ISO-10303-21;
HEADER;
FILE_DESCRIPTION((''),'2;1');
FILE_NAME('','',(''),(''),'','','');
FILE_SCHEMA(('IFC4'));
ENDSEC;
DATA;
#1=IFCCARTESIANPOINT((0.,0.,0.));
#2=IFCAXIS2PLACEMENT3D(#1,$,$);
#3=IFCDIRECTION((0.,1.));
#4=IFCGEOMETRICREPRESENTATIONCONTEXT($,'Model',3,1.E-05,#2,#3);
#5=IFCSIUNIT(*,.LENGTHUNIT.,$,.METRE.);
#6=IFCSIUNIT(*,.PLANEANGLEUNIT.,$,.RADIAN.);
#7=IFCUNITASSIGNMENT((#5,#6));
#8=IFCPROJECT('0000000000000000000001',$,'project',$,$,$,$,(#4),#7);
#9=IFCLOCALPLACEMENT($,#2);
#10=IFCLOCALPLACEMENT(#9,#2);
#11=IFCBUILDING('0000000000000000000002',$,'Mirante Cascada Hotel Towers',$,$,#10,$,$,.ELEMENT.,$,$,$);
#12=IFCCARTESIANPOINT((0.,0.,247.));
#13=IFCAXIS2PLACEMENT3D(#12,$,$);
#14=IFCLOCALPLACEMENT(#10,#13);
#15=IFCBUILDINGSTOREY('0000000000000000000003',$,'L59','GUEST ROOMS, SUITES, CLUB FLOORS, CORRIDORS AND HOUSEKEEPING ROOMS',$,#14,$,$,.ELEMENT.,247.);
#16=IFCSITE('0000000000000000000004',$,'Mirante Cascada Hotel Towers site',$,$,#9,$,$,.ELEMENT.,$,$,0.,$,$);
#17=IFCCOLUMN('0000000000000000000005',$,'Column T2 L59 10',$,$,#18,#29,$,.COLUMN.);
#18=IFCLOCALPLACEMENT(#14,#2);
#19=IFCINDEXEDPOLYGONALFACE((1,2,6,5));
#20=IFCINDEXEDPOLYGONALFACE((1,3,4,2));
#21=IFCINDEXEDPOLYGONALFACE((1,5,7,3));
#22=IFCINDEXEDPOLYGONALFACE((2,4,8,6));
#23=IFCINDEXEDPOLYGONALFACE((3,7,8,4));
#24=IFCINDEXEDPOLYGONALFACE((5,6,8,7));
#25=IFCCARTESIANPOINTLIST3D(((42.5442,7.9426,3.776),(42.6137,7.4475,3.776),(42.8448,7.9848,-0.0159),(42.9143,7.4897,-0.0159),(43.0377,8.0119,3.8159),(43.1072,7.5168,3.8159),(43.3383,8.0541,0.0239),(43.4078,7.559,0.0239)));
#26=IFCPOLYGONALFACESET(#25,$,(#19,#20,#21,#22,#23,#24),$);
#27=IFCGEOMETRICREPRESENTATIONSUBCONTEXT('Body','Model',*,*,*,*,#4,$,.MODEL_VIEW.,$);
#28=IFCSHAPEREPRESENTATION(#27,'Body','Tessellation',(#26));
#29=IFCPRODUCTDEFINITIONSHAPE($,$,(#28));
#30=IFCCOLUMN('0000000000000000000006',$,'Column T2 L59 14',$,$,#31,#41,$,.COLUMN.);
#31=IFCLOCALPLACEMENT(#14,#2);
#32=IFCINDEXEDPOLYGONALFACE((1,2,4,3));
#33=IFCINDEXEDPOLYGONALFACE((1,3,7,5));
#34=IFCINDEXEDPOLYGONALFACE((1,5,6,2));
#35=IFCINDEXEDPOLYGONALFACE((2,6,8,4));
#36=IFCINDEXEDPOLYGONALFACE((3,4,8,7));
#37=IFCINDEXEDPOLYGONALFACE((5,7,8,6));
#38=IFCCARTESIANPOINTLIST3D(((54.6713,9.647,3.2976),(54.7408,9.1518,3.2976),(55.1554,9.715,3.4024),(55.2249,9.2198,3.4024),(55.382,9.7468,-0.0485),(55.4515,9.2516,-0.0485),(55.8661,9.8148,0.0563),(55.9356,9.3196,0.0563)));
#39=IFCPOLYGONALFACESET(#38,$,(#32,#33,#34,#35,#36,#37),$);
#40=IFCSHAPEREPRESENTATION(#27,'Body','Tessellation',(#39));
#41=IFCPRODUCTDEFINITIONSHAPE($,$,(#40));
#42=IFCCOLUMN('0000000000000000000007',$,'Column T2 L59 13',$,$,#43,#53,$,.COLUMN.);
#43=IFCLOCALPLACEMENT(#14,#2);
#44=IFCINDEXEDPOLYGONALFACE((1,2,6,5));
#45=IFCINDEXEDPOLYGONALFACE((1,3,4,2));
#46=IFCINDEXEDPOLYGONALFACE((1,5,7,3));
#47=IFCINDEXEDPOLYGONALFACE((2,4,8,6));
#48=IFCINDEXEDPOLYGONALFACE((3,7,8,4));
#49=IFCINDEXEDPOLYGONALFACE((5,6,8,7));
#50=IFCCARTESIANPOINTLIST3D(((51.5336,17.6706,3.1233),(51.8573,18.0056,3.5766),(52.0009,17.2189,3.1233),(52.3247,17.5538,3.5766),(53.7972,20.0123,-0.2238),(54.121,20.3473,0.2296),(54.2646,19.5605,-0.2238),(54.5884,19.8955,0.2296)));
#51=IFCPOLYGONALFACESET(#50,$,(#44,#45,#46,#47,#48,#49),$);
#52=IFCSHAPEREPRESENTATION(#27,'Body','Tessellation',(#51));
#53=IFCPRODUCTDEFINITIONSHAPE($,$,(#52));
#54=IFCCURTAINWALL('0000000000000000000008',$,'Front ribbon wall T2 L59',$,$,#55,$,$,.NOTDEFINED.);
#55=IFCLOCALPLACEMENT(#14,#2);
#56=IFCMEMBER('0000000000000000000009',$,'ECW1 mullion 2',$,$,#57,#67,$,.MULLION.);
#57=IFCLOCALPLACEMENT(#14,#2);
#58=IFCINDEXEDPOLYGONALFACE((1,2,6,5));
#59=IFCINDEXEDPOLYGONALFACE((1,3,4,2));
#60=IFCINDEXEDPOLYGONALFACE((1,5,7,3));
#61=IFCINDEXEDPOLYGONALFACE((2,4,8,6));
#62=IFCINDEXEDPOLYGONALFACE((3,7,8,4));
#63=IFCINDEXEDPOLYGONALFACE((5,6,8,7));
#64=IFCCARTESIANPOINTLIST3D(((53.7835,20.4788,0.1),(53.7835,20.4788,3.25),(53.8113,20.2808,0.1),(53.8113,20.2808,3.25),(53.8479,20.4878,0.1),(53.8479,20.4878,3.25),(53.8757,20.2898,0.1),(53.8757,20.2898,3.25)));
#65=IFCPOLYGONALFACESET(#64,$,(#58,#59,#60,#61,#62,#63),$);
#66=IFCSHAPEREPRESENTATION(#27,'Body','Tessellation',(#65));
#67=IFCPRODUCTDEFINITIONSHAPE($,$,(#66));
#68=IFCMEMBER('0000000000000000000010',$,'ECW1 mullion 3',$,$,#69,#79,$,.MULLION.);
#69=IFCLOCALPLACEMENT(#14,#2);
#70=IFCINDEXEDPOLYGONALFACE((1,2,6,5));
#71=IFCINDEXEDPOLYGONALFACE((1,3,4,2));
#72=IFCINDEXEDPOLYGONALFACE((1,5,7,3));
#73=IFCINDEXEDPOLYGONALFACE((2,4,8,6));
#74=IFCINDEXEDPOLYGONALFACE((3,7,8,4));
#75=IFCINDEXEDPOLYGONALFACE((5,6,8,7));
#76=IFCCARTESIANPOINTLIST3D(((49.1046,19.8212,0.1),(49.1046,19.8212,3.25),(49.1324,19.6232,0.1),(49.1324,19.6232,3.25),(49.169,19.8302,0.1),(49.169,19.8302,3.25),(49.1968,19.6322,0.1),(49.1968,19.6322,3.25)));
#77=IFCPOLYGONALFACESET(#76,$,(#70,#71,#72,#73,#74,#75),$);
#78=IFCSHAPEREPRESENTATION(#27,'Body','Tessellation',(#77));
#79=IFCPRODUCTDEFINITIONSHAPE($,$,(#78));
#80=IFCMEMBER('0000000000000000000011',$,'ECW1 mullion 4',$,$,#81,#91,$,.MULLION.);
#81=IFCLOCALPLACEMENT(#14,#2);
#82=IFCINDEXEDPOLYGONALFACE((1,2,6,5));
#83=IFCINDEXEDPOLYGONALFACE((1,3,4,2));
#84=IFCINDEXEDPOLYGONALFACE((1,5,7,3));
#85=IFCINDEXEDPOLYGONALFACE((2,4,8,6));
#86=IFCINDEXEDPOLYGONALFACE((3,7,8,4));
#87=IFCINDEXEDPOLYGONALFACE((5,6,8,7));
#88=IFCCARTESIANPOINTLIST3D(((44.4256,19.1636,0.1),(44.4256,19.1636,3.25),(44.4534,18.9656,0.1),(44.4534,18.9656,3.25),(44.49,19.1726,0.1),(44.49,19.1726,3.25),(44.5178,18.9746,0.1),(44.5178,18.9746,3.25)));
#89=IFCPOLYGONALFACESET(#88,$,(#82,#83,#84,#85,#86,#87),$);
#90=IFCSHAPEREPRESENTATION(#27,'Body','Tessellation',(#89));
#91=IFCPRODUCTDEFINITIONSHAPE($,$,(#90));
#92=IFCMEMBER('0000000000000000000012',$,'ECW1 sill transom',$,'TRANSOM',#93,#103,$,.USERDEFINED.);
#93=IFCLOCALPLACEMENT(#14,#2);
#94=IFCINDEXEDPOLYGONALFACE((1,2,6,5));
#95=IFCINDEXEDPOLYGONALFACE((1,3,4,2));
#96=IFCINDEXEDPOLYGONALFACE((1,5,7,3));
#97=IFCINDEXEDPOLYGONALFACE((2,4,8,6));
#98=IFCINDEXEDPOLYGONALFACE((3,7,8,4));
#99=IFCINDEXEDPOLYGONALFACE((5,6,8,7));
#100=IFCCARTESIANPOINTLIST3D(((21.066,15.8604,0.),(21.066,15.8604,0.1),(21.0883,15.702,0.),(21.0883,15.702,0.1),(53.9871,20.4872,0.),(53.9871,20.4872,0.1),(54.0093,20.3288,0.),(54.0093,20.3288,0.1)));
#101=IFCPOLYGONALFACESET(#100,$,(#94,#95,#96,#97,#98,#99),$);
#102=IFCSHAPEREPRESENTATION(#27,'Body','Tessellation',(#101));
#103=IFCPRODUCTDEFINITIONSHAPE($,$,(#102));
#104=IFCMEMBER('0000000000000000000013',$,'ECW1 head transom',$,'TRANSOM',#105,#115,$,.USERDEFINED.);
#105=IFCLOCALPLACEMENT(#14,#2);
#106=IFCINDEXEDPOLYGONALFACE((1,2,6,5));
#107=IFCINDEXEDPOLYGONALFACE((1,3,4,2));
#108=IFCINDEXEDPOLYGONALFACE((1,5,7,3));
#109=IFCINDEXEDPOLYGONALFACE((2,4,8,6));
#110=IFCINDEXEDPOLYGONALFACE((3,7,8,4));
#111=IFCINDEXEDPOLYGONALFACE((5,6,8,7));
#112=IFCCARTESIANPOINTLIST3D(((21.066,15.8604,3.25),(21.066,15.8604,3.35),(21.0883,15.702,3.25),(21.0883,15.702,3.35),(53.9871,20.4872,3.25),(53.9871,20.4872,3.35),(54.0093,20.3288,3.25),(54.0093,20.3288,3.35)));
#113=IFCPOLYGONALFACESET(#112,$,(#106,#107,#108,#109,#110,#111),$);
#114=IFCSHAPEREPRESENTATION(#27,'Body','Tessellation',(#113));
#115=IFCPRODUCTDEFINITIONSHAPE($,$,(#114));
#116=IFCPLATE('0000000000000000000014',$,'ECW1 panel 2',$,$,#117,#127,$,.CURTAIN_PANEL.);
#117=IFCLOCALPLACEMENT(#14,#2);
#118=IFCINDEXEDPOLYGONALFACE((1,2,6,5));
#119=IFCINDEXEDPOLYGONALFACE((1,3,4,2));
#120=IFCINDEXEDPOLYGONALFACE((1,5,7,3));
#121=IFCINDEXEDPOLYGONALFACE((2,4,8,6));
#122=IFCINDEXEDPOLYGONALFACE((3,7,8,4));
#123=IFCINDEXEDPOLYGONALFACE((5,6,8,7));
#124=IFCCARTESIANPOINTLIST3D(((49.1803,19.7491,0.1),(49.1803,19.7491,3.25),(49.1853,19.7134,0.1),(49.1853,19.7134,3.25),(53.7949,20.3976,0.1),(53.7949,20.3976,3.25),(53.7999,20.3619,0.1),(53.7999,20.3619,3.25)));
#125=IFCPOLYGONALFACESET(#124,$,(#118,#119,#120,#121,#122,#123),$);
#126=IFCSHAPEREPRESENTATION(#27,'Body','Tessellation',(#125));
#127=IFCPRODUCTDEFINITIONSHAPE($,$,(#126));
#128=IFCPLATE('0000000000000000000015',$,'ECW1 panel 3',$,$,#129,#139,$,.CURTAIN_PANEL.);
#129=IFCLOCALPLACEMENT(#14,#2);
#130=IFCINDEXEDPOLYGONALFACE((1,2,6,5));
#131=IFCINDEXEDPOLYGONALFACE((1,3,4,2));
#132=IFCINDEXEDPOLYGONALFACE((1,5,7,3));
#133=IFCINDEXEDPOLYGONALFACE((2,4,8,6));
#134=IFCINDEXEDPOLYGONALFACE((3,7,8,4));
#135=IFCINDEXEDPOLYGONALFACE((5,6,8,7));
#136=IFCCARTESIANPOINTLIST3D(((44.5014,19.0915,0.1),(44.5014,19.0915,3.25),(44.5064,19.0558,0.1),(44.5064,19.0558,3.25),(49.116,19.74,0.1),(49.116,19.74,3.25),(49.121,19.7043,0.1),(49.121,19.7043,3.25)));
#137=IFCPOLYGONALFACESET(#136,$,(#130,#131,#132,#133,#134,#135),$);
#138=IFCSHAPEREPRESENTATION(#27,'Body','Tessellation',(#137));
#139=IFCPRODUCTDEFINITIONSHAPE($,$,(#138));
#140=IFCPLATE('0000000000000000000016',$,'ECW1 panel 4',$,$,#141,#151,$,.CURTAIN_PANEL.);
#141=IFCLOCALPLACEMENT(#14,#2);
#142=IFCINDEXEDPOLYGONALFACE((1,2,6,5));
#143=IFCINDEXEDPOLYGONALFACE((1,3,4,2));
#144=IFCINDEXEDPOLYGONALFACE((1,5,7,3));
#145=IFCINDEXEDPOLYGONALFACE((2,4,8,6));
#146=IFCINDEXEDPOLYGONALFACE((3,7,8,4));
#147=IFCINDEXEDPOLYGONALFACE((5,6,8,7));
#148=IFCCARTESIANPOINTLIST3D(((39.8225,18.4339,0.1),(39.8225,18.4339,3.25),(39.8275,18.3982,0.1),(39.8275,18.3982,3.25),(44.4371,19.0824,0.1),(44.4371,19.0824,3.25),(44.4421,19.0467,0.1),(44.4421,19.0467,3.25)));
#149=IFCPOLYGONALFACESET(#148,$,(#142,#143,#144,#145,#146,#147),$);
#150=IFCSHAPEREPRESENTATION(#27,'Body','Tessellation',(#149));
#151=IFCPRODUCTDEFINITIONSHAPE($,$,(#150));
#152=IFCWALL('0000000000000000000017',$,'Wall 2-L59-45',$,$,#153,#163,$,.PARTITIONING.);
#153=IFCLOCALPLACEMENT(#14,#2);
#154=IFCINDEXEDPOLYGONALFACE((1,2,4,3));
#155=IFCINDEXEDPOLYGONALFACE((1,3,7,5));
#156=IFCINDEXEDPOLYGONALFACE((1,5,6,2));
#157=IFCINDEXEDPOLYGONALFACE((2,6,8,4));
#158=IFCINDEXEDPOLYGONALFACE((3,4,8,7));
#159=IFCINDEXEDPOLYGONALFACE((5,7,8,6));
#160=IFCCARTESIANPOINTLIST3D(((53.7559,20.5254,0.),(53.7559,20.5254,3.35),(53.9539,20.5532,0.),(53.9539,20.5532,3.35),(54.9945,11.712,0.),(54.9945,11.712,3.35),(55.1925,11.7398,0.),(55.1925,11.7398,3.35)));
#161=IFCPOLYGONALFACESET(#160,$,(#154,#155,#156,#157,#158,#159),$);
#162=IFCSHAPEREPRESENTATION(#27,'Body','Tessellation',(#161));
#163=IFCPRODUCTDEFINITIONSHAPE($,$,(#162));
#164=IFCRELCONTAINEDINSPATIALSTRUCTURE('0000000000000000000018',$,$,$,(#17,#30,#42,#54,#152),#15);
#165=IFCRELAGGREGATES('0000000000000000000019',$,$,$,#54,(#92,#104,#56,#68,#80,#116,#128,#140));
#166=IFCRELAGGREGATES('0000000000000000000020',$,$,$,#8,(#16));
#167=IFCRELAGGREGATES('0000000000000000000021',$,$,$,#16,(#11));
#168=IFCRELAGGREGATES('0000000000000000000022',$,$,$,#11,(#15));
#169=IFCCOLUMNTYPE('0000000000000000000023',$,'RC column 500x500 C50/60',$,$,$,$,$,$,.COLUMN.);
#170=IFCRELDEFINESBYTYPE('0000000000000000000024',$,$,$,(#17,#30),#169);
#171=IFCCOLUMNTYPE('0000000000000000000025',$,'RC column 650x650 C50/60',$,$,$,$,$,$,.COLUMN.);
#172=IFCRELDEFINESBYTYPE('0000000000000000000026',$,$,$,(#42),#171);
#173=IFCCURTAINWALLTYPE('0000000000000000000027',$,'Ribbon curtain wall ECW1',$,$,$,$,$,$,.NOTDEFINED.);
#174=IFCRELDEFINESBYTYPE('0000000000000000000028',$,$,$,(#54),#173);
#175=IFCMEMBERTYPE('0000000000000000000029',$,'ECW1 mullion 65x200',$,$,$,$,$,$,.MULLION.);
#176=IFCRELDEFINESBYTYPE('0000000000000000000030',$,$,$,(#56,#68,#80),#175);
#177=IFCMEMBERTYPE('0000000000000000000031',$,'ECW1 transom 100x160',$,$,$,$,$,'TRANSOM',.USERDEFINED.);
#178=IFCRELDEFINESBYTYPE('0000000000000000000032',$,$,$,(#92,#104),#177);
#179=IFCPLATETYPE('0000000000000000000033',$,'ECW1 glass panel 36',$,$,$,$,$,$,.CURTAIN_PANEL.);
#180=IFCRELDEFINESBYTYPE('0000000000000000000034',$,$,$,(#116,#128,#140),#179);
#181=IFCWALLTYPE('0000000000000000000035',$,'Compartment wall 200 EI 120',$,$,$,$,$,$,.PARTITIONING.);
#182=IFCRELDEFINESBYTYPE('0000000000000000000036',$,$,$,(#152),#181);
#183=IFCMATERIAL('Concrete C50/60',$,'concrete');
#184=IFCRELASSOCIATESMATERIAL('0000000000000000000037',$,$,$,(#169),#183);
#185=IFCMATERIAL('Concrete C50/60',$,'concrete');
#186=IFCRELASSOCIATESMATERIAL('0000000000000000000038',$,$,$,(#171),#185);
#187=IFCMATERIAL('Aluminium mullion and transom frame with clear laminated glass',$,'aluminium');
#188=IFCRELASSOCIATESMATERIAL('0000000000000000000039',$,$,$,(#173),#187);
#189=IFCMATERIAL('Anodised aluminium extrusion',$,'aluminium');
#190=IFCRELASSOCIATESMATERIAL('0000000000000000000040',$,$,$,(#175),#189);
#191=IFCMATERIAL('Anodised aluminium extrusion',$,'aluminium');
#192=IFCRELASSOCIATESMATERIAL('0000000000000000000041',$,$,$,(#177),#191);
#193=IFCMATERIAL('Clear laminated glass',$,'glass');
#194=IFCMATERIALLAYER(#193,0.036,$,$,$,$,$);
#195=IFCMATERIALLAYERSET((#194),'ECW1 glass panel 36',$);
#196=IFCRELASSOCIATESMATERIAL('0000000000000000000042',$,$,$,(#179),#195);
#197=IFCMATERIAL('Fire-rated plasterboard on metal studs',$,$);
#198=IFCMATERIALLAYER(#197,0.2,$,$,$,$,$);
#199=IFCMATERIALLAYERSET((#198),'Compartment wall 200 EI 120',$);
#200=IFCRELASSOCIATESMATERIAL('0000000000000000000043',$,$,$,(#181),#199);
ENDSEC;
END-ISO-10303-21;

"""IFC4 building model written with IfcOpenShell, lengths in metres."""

from ifc_helpers import new_model, si_unit, direction, frame, frame_2d, origin, origin_2d, place, context, subcontext, project, spatial, rectangle, extrude, material, layer, layer_set, material_profile, profile_set, type_object, element, aggregate, save


model = new_model("IFC4")

# Units and contexts
model_context = context("Model", 3, precision=1e-05, world=origin(), true_north=direction((0.0, 1.0)))
body_context = subcontext(model_context, "Body", "Model", "MODEL_VIEW")
ifc_project = project(units=[si_unit("LENGTHUNIT", "METRE"), si_unit("PLANEANGLEUNIT", "RADIAN")], contexts=[model_context])

# Site, building, storey
site_placement = place(None, origin())
site = spatial("IfcSite", under=ifc_project, at=site_placement, Name="Mirante Cascada Hotel Towers site", CompositionType="ELEMENT", RefElevation=0.0)
building_placement = place(site_placement, origin())
building = spatial("IfcBuilding", under=site, at=building_placement, Name="Mirante Cascada Hotel Towers", CompositionType="ELEMENT")
storey_placement = place(building_placement, frame((0.0, 0.0, 247.0)))
storey = spatial("IfcBuildingStorey", under=building, at=storey_placement, Name="L59", Description="GUEST ROOMS, SUITES, CLUB FLOORS, CORRIDORS AND HOUSEKEEPING ROOMS", CompositionType="ELEMENT", Elevation=247.0)

# Columns
ifc_material_1 = material(Name="Concrete C50/60", Category="concrete")
ifc_material_profile_1 = material_profile(ifc_material_1, rectangle(XDim=0.5, YDim=0.5, at=origin_2d()), Name="RC column 500x500 C50/60")
ifc_profile_set_1 = profile_set([ifc_material_profile_1], Name="Concrete C50/60")
column_type_1 = type_object("IfcColumnType", Name="RC column 500x500 C50/60", PredefinedType="COLUMN", material=ifc_profile_set_1)
column_1_placement = place(storey_placement, frame((43.1263, 7.7719, 0.004), z_axis=(-0.079019, -0.011093, 0.996811), x_axis=(0.139023, -0.990289, 0.0)))
element("IfcColumn", 1, at=column_1_placement, inside=storey, type_object=column_type_1, Name="Column T2 L59 10", PredefinedType="COLUMN", context=body_context, shape_type="SweptSolid", body=[
    extrude(rectangle(XDim=0.5, YDim=0.5, at=origin_2d()), origin(), (0.0, 0.0, 1.0), 3.8041),
])
column_2_placement = place(storey_placement, frame((55.6588, 9.5332, 0.0039), z_axis=(-0.207674, -0.029163, 0.977763), x_axis=(0.139061, -0.990284, 0.0)))
element("IfcColumn", 2, at=column_2_placement, inside=storey, type_object=column_type_1, Name="Column T2 L59 14", PredefinedType="COLUMN", context=body_context, shape_type="SweptSolid", body=[
    extrude(rectangle(XDim=0.5, YDim=0.5, at=origin_2d()), origin(), (0.0, 0.0, 1.0), 3.4222),
])
ifc_material_2 = material(Name="Concrete C50/60", Category="concrete")
ifc_material_profile_2 = material_profile(ifc_material_2, rectangle(XDim=0.65, YDim=0.65, at=origin_2d()), Name="RC column 650x650 C50/60")
ifc_profile_set_2 = profile_set([ifc_material_profile_2], Name="Concrete C50/60")
column_type_2 = type_object("IfcColumnType", Name="RC column 650x650 C50/60", PredefinedType="COLUMN", material=ifc_profile_set_2)
column_3_placement = place(storey_placement, frame((54.1928, 19.9539, 0.0029), z_axis=(-0.484709, -0.501411, 0.71669), x_axis=(0.71898, -0.695031, 0.0)))
element("IfcColumn", 3, at=column_3_placement, inside=storey, type_object=column_type_2, Name="Column T2 L59 13", PredefinedType="COLUMN", context=body_context, shape_type="SweptSolid", body=[
    extrude(rectangle(XDim=0.65, YDim=0.65, at=origin_2d()), origin(), (0.0, 0.0, 1.0), 4.6702),
])

# Curtain wall, members, plates
ifc_material_3 = material(Name="Aluminium mullion and transom frame with clear laminated glass", Category="aluminium")
curtain_wall_type = type_object("IfcCurtainWallType", Name="Ribbon curtain wall ECW1", PredefinedType="NOTDEFINED", material=ifc_material_3)
curtain_wall_placement = place(storey_placement, origin())
curtain_wall = element("IfcCurtainWall", 4, at=curtain_wall_placement, inside=storey, type_object=curtain_wall_type, Name="Front ribbon wall T2 L59", PredefinedType="NOTDEFINED")
ifc_material_4 = material(Name="Anodised aluminium extrusion", Category="aluminium")
ifc_material_profile_3 = material_profile(ifc_material_4, rectangle(XDim=0.2, YDim=0.065, at=origin_2d()), Name="ECW1 MULLION 65x200")
ifc_profile_set_3 = profile_set([ifc_material_profile_3], Name="Anodised aluminium extrusion")
member_type_1 = type_object("IfcMemberType", Name="ECW1 mullion 65x200", PredefinedType="MULLION", material=ifc_profile_set_3)
member_1_placement = place(storey_placement, frame((53.8296, 20.3843, 0.1), z_axis=(0.0, 0.0, 1.0), x_axis=(0.139173, -0.990268, 0.0)))
member_1 = element("IfcMember", 5, at=member_1_placement, type_object=member_type_1, Name="ECW1 mullion 2", PredefinedType="MULLION", context=body_context, shape_type="SweptSolid", body=[
    extrude(rectangle(XDim=0.2, YDim=0.065, at=origin_2d()), origin(), (0.0, 0.0, 1.0), 3.15),
])
member_2_placement = place(storey_placement, frame((49.1507, 19.7267, 0.1), z_axis=(0.0, 0.0, 1.0), x_axis=(0.139173, -0.990268, 0.0)))
member_2 = element("IfcMember", 6, at=member_2_placement, type_object=member_type_1, Name="ECW1 mullion 3", PredefinedType="MULLION", context=body_context, shape_type="SweptSolid", body=[
    extrude(rectangle(XDim=0.2, YDim=0.065, at=origin_2d()), origin(), (0.0, 0.0, 1.0), 3.15),
])
member_3_placement = place(storey_placement, frame((44.4717, 19.0691, 0.1), z_axis=(0.0, 0.0, 1.0), x_axis=(0.139173, -0.990268, 0.0)))
member_3 = element("IfcMember", 7, at=member_3_placement, type_object=member_type_1, Name="ECW1 mullion 4", PredefinedType="MULLION", context=body_context, shape_type="SweptSolid", body=[
    extrude(rectangle(XDim=0.2, YDim=0.065, at=origin_2d()), origin(), (0.0, 0.0, 1.0), 3.15),
])
ifc_material_5 = material(Name="Anodised aluminium extrusion", Category="aluminium")
ifc_material_profile_4 = material_profile(ifc_material_5, rectangle(XDim=0.16, YDim=0.1, at=origin_2d()), Name="ECW1 TRANSOM 100x160")
ifc_profile_set_4 = profile_set([ifc_material_profile_4], Name="Anodised aluminium extrusion")
member_type_2 = type_object("IfcMemberType", Name="ECW1 transom 100x160", ElementType="TRANSOM", PredefinedType="USERDEFINED", material=ifc_profile_set_4)
member_4_placement = place(storey_placement, frame((53.9982, 20.408, 0.05), z_axis=(-0.990268, -0.139174, 0.0), x_axis=(0.139174, -0.990268, 0.0)))
member_4 = element("IfcMember", 8, at=member_4_placement, type_object=member_type_2, Name="ECW1 sill transom", ObjectType="TRANSOM", PredefinedType="USERDEFINED", context=body_context, shape_type="SweptSolid", body=[
    extrude(rectangle(XDim=0.16, YDim=0.1, at=origin_2d()), origin(), (0.0, 0.0, 1.0), 33.2446),
])
member_5_placement = place(storey_placement, frame((53.9982, 20.408, 3.3), z_axis=(-0.990268, -0.139174, 0.0), x_axis=(0.139174, -0.990268, 0.0)))
member_5 = element("IfcMember", 9, at=member_5_placement, type_object=member_type_2, Name="ECW1 head transom", ObjectType="TRANSOM", PredefinedType="USERDEFINED", context=body_context, shape_type="SweptSolid", body=[
    extrude(rectangle(XDim=0.16, YDim=0.1, at=origin_2d()), origin(), (0.0, 0.0, 1.0), 33.2446),
])
ifc_material_6 = material(Name="Clear laminated glass", Category="glass")
ifc_layer_1 = layer(ifc_material_6, 0.036)
ifc_layer_set_1 = layer_set([ifc_layer_1], Name="ECW1 glass panel 36")
plate_type = type_object("IfcPlateType", Name="ECW1 glass panel 36", PredefinedType="CURTAIN_PANEL", material=ifc_layer_set_1)
plate_1_placement = place(storey_placement, frame((51.4901, 20.0555, 0.1), z_axis=(0.0, 0.0, 1.0), x_axis=(-0.990268, -0.139173, 0.0)))
plate_1 = element("IfcPlate", 10, at=plate_1_placement, type_object=plate_type, Name="ECW1 panel 2", PredefinedType="CURTAIN_PANEL", context=body_context, shape_type="SweptSolid", body=[
    extrude(rectangle(XDim=4.6599, YDim=0.036, at=origin_2d()), origin(), (0.0, 0.0, 1.0), 3.15),
])
plate_2_placement = place(storey_placement, frame((46.8112, 19.3979, 0.1), z_axis=(0.0, 0.0, 1.0), x_axis=(-0.990268, -0.139173, 0.0)))
plate_2 = element("IfcPlate", 11, at=plate_2_placement, type_object=plate_type, Name="ECW1 panel 3", PredefinedType="CURTAIN_PANEL", context=body_context, shape_type="SweptSolid", body=[
    extrude(rectangle(XDim=4.6599, YDim=0.036, at=origin_2d()), origin(), (0.0, 0.0, 1.0), 3.15),
])
plate_3_placement = place(storey_placement, frame((42.1323, 18.7403, 0.1), z_axis=(0.0, 0.0, 1.0), x_axis=(-0.990268, -0.139173, 0.0)))
plate_3 = element("IfcPlate", 12, at=plate_3_placement, type_object=plate_type, Name="ECW1 panel 4", PredefinedType="CURTAIN_PANEL", context=body_context, shape_type="SweptSolid", body=[
    extrude(rectangle(XDim=4.6599, YDim=0.036, at=origin_2d()), origin(), (0.0, 0.0, 1.0), 3.15),
])
aggregate(curtain_wall, [member_4, member_5, member_1, member_2, member_3, plate_1, plate_2, plate_3])

# Wall
ifc_material_7 = material(Name="Fire-rated plasterboard on metal studs")
ifc_layer_2 = layer(ifc_material_7, 0.2)
ifc_layer_set_2 = layer_set([ifc_layer_2], Name="Compartment wall 200 EI 120")
wall_type_1 = type_object("IfcWallType", Name="Compartment wall 200 EI 120", PredefinedType="PARTITIONING", material=ifc_layer_set_2)
wall_1_placement = place(storey_placement, frame((53.8549, 20.5393, 0.0), z_axis=(0.0, 0.0, 1.0), x_axis=(0.139168, -0.990269, 0.0)))
element("IfcWall", 13, at=wall_1_placement, inside=storey, type_object=wall_type_1, Name="Wall 2-L59-45", PredefinedType="PARTITIONING", context=body_context, shape_type="SweptSolid", body=[
    extrude(rectangle(XDim=8.9, YDim=0.2, at=frame_2d((4.45, 0.0))), origin(), (0.0, 0.0, 1.0), 3.35),
])

save(model, "model.ifc")
